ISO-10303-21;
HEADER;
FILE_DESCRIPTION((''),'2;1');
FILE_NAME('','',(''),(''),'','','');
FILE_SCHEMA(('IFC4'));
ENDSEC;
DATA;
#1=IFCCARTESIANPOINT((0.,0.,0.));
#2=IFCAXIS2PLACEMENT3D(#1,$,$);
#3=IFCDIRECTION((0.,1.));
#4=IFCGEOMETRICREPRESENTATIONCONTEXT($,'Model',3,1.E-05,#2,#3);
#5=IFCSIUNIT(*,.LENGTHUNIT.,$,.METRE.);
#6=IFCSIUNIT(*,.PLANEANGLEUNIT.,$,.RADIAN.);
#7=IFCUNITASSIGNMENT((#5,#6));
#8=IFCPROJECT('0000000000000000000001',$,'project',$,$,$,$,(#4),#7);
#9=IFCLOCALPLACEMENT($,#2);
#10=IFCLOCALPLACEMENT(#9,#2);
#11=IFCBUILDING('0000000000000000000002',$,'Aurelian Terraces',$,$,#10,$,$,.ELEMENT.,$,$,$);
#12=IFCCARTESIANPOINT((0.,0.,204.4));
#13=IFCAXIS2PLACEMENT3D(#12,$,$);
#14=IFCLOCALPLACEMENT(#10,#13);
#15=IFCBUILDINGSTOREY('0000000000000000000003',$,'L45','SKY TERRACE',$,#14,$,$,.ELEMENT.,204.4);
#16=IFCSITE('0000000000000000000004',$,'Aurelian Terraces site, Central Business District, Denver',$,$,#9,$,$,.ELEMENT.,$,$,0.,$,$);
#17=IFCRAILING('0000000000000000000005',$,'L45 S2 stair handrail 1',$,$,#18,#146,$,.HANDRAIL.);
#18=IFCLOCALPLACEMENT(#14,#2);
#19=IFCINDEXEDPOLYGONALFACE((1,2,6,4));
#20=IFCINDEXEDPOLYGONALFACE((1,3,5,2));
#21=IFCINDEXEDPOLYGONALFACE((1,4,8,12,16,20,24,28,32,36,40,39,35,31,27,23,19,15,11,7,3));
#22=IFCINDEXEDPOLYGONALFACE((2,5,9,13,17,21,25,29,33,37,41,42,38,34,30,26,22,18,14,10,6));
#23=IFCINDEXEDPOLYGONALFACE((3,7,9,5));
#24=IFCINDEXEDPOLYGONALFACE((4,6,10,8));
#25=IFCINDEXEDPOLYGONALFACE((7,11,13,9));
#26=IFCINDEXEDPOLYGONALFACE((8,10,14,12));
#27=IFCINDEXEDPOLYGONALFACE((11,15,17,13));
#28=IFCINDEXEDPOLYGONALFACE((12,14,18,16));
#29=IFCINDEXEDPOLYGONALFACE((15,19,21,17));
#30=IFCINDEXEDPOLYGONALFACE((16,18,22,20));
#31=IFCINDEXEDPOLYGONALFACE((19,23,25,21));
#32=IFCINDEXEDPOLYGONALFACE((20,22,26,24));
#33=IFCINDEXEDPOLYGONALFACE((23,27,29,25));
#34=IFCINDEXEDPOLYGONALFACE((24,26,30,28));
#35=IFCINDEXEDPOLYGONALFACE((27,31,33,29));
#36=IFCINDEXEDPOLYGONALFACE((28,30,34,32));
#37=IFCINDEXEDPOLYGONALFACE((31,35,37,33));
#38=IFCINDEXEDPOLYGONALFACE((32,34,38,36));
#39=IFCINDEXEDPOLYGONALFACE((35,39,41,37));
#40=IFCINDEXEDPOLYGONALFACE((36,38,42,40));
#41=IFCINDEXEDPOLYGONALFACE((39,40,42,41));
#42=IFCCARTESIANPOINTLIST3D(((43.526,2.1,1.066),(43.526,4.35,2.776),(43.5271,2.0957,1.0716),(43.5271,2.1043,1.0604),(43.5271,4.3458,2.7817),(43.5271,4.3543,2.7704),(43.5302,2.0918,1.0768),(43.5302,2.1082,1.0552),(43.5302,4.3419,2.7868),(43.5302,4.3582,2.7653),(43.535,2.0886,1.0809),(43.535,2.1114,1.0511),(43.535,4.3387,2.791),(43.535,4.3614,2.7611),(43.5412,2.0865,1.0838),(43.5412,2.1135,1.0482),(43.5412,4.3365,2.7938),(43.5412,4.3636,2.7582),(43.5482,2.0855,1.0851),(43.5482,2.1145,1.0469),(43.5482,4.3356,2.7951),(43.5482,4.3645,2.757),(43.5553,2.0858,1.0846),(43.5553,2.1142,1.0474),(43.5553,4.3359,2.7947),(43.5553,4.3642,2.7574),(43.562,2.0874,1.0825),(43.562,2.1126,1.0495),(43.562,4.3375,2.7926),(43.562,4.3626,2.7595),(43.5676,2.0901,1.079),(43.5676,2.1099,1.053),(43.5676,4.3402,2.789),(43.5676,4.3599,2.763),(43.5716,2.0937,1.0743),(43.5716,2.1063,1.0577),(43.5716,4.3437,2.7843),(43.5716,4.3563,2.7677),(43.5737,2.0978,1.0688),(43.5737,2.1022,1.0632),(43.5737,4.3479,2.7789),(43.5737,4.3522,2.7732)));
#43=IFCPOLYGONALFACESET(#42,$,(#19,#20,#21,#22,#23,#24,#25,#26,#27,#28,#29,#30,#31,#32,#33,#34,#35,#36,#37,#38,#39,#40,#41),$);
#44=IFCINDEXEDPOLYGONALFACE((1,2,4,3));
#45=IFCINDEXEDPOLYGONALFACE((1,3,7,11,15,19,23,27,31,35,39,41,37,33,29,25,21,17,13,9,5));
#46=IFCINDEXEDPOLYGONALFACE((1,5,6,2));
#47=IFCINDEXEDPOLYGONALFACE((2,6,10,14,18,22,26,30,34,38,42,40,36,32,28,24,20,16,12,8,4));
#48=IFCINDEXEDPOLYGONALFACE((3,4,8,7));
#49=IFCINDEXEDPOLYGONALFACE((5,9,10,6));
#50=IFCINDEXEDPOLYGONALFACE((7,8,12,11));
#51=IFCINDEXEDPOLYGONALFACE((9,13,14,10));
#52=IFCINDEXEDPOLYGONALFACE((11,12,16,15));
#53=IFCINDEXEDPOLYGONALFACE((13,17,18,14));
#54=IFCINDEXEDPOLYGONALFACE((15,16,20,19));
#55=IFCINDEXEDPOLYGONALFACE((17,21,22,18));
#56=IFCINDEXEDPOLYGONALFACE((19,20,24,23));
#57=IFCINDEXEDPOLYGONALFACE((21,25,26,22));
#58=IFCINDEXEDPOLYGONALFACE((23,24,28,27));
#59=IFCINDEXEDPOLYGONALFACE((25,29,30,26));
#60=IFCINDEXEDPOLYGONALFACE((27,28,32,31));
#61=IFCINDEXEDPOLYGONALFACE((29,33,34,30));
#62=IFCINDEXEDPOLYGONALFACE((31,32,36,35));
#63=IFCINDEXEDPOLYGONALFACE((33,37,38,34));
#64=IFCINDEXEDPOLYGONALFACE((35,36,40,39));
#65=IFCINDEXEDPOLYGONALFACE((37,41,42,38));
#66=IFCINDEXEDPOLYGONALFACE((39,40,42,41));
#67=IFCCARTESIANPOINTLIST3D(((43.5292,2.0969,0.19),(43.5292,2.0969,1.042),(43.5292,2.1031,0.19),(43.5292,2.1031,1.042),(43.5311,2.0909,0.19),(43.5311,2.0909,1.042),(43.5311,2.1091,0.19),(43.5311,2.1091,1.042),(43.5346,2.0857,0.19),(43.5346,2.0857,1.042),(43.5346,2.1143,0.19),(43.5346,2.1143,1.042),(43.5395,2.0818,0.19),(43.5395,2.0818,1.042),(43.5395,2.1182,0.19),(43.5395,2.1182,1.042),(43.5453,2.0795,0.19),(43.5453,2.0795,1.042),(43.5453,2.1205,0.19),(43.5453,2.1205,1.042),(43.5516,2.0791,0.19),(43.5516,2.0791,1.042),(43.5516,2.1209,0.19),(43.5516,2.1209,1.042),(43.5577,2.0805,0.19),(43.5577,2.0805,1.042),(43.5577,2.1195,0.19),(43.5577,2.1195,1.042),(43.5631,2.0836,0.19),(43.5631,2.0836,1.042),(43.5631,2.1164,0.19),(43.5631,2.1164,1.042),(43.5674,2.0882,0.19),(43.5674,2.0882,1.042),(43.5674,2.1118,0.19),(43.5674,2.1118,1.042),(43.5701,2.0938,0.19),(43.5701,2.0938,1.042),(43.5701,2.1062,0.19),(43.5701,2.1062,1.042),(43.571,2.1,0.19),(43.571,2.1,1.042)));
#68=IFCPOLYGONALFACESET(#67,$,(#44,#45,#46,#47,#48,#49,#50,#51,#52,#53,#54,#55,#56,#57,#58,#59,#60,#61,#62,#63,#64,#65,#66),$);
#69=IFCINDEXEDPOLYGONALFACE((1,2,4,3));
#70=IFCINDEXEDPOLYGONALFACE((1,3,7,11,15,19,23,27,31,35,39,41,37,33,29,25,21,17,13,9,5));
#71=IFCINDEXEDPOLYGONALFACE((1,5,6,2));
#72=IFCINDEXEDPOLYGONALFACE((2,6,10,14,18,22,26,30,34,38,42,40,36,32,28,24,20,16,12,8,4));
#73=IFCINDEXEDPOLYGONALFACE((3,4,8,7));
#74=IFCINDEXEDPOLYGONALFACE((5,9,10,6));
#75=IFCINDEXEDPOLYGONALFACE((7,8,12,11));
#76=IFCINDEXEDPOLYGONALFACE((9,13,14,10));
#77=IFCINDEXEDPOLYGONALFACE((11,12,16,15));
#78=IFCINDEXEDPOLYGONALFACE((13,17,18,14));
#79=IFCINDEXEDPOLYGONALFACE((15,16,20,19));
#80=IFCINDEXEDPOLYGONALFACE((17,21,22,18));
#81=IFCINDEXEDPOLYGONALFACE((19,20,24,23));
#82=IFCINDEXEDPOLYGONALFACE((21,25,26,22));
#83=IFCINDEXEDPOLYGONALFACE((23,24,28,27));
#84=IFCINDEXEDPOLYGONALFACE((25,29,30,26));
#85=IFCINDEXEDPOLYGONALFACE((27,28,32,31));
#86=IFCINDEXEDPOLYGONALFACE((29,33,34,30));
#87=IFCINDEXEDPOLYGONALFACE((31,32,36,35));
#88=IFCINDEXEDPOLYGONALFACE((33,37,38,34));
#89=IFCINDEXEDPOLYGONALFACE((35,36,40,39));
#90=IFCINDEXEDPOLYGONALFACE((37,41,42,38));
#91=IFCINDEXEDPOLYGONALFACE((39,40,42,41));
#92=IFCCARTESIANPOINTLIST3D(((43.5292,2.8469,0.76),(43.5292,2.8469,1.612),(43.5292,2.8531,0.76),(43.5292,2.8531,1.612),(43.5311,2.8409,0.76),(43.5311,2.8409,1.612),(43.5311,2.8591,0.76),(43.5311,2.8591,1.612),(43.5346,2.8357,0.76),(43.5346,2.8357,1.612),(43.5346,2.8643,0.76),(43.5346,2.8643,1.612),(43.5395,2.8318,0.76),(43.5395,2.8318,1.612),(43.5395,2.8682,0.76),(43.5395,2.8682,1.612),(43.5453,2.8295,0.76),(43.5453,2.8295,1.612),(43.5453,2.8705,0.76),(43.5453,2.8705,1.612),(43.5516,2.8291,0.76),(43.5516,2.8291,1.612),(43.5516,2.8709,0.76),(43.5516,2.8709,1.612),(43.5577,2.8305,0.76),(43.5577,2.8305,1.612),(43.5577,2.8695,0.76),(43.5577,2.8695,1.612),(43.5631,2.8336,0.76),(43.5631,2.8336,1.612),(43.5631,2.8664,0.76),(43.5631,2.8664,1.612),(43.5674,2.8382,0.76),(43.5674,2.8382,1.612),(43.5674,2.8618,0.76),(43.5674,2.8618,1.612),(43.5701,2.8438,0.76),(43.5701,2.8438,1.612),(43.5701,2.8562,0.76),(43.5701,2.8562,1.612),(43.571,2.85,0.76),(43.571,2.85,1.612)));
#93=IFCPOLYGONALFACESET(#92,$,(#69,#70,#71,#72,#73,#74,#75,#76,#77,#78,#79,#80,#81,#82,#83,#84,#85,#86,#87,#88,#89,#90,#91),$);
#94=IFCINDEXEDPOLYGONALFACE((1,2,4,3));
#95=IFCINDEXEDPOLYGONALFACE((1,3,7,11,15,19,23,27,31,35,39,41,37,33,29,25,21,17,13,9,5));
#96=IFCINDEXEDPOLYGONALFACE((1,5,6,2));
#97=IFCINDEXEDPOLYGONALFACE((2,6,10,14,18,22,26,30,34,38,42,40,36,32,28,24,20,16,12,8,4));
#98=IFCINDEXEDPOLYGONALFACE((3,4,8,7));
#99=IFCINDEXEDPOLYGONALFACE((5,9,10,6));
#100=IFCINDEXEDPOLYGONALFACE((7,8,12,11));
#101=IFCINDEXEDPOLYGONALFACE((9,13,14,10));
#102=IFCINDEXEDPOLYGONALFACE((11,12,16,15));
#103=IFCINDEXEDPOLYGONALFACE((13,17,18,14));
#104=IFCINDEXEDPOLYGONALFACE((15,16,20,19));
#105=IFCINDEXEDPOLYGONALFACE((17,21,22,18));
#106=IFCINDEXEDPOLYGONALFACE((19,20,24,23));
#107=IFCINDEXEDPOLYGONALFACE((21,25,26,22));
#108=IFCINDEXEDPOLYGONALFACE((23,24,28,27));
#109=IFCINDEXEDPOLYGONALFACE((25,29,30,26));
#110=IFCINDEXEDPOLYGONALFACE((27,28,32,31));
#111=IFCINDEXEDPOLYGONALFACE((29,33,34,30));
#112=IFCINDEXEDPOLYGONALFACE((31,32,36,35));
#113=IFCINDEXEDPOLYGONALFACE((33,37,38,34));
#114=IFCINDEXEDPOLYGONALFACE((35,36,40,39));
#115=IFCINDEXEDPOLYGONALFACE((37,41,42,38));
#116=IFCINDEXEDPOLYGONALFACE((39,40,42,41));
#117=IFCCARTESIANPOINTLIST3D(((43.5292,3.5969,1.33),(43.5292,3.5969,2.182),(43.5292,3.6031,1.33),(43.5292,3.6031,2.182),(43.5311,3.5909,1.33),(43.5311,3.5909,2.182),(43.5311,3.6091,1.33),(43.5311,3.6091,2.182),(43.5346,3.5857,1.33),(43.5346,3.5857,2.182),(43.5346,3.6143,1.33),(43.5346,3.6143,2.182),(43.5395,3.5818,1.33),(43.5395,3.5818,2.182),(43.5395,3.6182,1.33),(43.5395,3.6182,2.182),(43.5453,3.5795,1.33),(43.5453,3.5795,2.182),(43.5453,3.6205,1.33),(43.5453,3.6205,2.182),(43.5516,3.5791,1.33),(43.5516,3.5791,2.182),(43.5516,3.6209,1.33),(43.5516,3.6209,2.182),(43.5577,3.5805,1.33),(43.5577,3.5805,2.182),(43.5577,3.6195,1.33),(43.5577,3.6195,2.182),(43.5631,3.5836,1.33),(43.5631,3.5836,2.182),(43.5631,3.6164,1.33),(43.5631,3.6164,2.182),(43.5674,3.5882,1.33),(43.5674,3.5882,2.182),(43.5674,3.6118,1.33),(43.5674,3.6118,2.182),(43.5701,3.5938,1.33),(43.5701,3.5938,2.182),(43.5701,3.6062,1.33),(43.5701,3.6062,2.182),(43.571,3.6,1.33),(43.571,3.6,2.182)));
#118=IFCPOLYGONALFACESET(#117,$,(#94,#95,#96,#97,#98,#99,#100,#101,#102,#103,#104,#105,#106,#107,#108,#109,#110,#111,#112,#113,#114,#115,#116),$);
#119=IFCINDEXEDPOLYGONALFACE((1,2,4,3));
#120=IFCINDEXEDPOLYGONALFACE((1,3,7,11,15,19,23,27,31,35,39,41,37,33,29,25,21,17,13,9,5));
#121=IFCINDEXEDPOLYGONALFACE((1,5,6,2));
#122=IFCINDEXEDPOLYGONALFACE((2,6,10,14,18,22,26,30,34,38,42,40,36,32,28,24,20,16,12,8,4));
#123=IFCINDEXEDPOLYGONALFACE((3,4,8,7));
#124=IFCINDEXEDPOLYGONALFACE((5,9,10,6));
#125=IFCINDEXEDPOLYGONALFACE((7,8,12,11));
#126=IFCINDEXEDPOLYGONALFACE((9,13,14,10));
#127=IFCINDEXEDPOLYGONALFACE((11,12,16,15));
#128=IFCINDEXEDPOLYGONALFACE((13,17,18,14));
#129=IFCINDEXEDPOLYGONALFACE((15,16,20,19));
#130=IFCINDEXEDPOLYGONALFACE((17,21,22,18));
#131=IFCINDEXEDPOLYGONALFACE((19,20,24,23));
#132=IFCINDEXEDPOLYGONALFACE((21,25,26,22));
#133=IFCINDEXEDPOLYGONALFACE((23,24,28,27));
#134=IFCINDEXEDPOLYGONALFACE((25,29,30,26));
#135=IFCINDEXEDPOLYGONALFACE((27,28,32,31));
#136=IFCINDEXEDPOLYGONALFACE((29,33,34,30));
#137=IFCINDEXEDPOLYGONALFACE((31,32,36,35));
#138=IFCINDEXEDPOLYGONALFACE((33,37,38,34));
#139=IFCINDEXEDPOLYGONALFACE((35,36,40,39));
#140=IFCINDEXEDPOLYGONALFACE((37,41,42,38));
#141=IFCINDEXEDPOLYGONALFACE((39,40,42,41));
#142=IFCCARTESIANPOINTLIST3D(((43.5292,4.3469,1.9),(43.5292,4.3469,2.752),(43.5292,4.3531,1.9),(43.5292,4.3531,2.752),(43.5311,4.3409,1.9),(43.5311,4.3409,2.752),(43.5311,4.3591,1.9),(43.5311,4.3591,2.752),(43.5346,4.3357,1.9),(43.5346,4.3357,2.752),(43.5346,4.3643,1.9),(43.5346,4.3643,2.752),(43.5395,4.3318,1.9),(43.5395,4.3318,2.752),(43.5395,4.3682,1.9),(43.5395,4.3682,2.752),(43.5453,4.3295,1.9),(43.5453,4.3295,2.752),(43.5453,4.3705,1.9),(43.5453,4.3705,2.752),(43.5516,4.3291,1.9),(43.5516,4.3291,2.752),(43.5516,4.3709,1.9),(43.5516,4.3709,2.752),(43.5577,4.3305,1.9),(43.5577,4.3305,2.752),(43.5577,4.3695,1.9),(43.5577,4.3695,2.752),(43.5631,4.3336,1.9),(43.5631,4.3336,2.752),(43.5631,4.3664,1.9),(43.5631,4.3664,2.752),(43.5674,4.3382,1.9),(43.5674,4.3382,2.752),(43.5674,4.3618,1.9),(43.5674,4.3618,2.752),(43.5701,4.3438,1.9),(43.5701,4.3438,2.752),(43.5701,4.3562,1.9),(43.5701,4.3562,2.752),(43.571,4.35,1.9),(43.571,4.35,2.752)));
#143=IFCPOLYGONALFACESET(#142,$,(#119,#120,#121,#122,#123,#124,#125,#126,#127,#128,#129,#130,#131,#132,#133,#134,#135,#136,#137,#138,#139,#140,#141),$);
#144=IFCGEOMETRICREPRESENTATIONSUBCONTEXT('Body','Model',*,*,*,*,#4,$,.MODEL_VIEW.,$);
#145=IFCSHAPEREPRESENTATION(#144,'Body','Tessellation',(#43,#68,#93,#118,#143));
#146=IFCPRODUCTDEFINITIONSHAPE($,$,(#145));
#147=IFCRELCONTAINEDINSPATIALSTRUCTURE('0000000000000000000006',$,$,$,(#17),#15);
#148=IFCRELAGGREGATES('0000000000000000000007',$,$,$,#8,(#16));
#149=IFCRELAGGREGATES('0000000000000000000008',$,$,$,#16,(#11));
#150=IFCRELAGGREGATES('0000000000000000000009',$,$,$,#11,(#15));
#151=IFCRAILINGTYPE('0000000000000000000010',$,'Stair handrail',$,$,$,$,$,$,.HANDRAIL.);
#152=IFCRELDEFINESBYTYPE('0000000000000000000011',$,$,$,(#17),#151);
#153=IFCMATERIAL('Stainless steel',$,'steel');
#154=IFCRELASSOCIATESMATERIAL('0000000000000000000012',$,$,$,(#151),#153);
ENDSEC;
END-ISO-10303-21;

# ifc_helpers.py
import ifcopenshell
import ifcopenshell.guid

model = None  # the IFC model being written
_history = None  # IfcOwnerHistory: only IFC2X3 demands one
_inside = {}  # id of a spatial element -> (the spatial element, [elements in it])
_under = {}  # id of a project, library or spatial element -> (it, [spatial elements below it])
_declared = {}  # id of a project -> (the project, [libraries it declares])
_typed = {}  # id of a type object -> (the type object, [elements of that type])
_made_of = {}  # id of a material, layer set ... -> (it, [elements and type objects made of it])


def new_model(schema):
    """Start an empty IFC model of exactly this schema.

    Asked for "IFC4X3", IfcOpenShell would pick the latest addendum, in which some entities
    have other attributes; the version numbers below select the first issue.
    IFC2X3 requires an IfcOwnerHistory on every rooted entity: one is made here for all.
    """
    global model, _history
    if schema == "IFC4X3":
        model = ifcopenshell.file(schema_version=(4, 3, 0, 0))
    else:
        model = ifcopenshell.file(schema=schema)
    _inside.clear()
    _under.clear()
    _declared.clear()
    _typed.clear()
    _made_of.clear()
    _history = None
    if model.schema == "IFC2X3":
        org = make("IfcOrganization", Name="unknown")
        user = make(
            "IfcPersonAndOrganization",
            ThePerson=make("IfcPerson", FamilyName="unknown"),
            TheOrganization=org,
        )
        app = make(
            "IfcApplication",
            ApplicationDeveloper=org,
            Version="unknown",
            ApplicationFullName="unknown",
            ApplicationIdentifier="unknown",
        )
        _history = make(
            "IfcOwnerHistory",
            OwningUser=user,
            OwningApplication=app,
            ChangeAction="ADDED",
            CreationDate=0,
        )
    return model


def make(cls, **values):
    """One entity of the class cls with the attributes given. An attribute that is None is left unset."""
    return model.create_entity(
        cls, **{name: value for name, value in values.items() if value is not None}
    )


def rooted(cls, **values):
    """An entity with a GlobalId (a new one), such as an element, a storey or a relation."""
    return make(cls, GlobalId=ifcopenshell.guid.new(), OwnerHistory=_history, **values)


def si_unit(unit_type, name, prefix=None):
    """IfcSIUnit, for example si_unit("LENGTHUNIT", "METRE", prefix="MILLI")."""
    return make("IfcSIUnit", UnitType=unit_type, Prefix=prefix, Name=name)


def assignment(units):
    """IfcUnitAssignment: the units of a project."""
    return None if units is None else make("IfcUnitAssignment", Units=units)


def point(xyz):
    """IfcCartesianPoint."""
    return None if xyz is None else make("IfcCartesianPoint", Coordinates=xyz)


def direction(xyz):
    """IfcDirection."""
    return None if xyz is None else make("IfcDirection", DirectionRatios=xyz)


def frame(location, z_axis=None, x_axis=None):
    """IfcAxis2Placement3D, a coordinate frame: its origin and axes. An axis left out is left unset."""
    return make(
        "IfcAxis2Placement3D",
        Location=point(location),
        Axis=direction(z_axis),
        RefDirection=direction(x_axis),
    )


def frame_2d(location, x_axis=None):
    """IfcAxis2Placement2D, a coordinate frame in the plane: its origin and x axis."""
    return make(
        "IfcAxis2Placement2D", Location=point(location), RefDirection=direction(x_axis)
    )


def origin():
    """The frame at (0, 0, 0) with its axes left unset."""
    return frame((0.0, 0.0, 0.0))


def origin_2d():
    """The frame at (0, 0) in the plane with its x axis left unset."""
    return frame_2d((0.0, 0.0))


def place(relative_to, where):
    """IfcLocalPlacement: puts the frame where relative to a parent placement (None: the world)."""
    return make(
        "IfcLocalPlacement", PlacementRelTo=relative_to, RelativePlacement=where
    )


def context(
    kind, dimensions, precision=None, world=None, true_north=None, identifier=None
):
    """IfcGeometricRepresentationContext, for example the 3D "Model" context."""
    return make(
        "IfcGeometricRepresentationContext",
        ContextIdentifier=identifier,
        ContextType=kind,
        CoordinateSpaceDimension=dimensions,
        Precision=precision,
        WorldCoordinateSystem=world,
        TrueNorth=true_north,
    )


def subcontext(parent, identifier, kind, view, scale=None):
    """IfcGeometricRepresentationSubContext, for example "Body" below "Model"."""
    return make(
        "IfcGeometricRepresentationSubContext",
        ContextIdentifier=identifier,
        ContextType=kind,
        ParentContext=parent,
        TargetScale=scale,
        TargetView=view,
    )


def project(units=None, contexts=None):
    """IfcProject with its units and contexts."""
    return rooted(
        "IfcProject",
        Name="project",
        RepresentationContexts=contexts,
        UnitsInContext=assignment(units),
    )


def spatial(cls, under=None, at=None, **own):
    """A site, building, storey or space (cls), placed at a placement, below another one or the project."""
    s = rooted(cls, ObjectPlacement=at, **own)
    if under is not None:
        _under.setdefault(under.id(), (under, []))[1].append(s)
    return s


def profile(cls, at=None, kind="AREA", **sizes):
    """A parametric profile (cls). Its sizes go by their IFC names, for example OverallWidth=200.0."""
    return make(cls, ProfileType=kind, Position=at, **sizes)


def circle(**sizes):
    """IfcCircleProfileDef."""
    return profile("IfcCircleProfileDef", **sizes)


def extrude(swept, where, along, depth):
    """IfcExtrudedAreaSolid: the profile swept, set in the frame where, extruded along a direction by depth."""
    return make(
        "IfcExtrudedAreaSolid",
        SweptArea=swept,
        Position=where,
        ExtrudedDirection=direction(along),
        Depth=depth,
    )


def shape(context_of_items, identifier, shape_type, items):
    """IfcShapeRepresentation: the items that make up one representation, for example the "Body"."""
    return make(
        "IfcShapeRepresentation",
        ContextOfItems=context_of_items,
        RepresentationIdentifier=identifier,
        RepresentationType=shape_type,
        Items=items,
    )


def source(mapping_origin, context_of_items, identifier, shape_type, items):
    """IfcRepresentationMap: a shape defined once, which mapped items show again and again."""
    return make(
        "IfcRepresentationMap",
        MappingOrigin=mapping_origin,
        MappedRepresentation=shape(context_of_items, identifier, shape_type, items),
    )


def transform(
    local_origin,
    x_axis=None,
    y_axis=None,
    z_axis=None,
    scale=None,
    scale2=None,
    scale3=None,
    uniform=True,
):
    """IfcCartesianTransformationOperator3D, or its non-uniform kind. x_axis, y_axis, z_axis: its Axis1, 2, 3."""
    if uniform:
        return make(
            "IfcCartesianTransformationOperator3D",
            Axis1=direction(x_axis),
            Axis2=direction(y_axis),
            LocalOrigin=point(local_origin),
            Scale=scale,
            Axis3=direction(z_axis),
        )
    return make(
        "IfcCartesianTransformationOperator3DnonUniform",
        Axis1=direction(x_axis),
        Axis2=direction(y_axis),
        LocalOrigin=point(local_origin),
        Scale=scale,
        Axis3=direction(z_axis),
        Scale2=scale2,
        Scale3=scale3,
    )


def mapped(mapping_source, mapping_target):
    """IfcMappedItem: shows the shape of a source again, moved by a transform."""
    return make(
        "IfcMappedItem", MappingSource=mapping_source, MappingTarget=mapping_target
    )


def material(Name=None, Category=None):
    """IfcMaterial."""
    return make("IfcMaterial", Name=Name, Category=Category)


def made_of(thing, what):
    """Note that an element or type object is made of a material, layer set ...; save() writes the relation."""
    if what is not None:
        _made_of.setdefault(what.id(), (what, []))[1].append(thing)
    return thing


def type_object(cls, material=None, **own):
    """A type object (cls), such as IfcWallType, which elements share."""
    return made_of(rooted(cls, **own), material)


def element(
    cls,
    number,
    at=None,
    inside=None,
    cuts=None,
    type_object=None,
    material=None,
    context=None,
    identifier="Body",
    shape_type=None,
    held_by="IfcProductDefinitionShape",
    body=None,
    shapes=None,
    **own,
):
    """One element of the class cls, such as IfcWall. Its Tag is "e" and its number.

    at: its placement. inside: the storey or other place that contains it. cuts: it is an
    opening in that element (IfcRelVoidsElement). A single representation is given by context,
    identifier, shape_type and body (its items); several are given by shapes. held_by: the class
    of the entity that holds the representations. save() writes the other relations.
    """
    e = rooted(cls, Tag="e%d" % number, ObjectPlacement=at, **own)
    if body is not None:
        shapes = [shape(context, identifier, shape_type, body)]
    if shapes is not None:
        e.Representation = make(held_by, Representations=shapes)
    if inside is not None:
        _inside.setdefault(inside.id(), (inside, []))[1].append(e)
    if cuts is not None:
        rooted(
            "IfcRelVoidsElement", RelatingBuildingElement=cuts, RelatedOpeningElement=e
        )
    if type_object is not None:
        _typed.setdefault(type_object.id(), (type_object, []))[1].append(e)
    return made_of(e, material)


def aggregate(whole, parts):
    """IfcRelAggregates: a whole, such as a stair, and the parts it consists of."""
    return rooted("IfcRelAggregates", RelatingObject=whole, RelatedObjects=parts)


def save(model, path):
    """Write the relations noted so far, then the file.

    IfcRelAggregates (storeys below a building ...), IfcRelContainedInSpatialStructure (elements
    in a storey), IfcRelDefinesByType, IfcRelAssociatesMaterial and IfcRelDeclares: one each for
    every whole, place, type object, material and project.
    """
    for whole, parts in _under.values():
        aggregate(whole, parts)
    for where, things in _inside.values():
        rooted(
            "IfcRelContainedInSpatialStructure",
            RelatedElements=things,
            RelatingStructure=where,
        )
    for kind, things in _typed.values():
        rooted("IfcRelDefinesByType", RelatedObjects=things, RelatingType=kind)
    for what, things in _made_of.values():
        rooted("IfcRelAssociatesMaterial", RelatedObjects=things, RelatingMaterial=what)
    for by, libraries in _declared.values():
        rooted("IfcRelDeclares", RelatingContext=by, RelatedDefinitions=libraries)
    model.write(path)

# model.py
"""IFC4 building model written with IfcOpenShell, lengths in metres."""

from ifc_helpers import new_model, si_unit, direction, frame, origin, origin_2d, place, context, subcontext, project, spatial, circle, extrude, source, transform, mapped, material, type_object, element, save


model = new_model("IFC4")

# Units and contexts
model_context = context("Model", 3, precision=1e-05, world=origin(), true_north=direction((0.0, 1.0)))
body_context = subcontext(model_context, "Body", "Model", "MODEL_VIEW")
ifc_project = project(units=[si_unit("LENGTHUNIT", "METRE"), si_unit("PLANEANGLEUNIT", "RADIAN")], contexts=[model_context])

# Site, building, storey
site_placement = place(None, origin())
site = spatial("IfcSite", under=ifc_project, at=site_placement, Name="Aurelian Terraces site, Central Business District, Denver", CompositionType="ELEMENT", RefElevation=0.0)
building_placement = place(site_placement, origin())
building = spatial("IfcBuilding", under=site, at=building_placement, Name="Aurelian Terraces", CompositionType="ELEMENT")
storey_placement = place(building_placement, frame((0.0, 0.0, 204.4)))
storey = spatial("IfcBuildingStorey", under=building, at=storey_placement, Name="L45", Description="SKY TERRACE", CompositionType="ELEMENT", Elevation=204.4)

# Railing
ifc_material_1 = material(Name="Stainless steel", Category="steel")
railing_type_1 = type_object("IfcRailingType", Name="Stair handrail", PredefinedType="HANDRAIL", material=ifc_material_1)
shared_shape_1 = source(origin(), body_context, "Body", "SweptSolid", [
    extrude(circle(Radius=0.024, at=origin_2d()), frame((0.0, 0.0, 0.876), z_axis=(0.0, 0.796162, 0.605083), x_axis=(-1.0, 0.0, 0.0)), (0.0, 0.0, 1.0), 2.8261),
    extrude(circle(Radius=0.021, at=origin_2d()), origin(), (0.0, 0.0, 1.0), 0.852),
    extrude(circle(Radius=0.021, at=origin_2d()), frame((0.0, 0.75, 0.57)), (0.0, 0.0, 1.0), 0.852),
    extrude(circle(Radius=0.021, at=origin_2d()), frame((0.0, 1.5, 1.14)), (0.0, 0.0, 1.0), 0.852),
    extrude(circle(Radius=0.021, at=origin_2d()), frame((0.0, 2.25, 1.71)), (0.0, 0.0, 1.0), 0.852),
])
railing_1_placement = place(storey_placement, frame((43.55, 2.1, 0.19)))
element("IfcRailing", 1, at=railing_1_placement, inside=storey, type_object=railing_type_1, Name="L45 S2 stair handrail 1", PredefinedType="HANDRAIL", context=body_context, shape_type="MappedRepresentation", body=[
    mapped(shared_shape_1, transform((0.0, 0.0, 0.0), scale=1.0)),
])

save(model, "model.ifc")
